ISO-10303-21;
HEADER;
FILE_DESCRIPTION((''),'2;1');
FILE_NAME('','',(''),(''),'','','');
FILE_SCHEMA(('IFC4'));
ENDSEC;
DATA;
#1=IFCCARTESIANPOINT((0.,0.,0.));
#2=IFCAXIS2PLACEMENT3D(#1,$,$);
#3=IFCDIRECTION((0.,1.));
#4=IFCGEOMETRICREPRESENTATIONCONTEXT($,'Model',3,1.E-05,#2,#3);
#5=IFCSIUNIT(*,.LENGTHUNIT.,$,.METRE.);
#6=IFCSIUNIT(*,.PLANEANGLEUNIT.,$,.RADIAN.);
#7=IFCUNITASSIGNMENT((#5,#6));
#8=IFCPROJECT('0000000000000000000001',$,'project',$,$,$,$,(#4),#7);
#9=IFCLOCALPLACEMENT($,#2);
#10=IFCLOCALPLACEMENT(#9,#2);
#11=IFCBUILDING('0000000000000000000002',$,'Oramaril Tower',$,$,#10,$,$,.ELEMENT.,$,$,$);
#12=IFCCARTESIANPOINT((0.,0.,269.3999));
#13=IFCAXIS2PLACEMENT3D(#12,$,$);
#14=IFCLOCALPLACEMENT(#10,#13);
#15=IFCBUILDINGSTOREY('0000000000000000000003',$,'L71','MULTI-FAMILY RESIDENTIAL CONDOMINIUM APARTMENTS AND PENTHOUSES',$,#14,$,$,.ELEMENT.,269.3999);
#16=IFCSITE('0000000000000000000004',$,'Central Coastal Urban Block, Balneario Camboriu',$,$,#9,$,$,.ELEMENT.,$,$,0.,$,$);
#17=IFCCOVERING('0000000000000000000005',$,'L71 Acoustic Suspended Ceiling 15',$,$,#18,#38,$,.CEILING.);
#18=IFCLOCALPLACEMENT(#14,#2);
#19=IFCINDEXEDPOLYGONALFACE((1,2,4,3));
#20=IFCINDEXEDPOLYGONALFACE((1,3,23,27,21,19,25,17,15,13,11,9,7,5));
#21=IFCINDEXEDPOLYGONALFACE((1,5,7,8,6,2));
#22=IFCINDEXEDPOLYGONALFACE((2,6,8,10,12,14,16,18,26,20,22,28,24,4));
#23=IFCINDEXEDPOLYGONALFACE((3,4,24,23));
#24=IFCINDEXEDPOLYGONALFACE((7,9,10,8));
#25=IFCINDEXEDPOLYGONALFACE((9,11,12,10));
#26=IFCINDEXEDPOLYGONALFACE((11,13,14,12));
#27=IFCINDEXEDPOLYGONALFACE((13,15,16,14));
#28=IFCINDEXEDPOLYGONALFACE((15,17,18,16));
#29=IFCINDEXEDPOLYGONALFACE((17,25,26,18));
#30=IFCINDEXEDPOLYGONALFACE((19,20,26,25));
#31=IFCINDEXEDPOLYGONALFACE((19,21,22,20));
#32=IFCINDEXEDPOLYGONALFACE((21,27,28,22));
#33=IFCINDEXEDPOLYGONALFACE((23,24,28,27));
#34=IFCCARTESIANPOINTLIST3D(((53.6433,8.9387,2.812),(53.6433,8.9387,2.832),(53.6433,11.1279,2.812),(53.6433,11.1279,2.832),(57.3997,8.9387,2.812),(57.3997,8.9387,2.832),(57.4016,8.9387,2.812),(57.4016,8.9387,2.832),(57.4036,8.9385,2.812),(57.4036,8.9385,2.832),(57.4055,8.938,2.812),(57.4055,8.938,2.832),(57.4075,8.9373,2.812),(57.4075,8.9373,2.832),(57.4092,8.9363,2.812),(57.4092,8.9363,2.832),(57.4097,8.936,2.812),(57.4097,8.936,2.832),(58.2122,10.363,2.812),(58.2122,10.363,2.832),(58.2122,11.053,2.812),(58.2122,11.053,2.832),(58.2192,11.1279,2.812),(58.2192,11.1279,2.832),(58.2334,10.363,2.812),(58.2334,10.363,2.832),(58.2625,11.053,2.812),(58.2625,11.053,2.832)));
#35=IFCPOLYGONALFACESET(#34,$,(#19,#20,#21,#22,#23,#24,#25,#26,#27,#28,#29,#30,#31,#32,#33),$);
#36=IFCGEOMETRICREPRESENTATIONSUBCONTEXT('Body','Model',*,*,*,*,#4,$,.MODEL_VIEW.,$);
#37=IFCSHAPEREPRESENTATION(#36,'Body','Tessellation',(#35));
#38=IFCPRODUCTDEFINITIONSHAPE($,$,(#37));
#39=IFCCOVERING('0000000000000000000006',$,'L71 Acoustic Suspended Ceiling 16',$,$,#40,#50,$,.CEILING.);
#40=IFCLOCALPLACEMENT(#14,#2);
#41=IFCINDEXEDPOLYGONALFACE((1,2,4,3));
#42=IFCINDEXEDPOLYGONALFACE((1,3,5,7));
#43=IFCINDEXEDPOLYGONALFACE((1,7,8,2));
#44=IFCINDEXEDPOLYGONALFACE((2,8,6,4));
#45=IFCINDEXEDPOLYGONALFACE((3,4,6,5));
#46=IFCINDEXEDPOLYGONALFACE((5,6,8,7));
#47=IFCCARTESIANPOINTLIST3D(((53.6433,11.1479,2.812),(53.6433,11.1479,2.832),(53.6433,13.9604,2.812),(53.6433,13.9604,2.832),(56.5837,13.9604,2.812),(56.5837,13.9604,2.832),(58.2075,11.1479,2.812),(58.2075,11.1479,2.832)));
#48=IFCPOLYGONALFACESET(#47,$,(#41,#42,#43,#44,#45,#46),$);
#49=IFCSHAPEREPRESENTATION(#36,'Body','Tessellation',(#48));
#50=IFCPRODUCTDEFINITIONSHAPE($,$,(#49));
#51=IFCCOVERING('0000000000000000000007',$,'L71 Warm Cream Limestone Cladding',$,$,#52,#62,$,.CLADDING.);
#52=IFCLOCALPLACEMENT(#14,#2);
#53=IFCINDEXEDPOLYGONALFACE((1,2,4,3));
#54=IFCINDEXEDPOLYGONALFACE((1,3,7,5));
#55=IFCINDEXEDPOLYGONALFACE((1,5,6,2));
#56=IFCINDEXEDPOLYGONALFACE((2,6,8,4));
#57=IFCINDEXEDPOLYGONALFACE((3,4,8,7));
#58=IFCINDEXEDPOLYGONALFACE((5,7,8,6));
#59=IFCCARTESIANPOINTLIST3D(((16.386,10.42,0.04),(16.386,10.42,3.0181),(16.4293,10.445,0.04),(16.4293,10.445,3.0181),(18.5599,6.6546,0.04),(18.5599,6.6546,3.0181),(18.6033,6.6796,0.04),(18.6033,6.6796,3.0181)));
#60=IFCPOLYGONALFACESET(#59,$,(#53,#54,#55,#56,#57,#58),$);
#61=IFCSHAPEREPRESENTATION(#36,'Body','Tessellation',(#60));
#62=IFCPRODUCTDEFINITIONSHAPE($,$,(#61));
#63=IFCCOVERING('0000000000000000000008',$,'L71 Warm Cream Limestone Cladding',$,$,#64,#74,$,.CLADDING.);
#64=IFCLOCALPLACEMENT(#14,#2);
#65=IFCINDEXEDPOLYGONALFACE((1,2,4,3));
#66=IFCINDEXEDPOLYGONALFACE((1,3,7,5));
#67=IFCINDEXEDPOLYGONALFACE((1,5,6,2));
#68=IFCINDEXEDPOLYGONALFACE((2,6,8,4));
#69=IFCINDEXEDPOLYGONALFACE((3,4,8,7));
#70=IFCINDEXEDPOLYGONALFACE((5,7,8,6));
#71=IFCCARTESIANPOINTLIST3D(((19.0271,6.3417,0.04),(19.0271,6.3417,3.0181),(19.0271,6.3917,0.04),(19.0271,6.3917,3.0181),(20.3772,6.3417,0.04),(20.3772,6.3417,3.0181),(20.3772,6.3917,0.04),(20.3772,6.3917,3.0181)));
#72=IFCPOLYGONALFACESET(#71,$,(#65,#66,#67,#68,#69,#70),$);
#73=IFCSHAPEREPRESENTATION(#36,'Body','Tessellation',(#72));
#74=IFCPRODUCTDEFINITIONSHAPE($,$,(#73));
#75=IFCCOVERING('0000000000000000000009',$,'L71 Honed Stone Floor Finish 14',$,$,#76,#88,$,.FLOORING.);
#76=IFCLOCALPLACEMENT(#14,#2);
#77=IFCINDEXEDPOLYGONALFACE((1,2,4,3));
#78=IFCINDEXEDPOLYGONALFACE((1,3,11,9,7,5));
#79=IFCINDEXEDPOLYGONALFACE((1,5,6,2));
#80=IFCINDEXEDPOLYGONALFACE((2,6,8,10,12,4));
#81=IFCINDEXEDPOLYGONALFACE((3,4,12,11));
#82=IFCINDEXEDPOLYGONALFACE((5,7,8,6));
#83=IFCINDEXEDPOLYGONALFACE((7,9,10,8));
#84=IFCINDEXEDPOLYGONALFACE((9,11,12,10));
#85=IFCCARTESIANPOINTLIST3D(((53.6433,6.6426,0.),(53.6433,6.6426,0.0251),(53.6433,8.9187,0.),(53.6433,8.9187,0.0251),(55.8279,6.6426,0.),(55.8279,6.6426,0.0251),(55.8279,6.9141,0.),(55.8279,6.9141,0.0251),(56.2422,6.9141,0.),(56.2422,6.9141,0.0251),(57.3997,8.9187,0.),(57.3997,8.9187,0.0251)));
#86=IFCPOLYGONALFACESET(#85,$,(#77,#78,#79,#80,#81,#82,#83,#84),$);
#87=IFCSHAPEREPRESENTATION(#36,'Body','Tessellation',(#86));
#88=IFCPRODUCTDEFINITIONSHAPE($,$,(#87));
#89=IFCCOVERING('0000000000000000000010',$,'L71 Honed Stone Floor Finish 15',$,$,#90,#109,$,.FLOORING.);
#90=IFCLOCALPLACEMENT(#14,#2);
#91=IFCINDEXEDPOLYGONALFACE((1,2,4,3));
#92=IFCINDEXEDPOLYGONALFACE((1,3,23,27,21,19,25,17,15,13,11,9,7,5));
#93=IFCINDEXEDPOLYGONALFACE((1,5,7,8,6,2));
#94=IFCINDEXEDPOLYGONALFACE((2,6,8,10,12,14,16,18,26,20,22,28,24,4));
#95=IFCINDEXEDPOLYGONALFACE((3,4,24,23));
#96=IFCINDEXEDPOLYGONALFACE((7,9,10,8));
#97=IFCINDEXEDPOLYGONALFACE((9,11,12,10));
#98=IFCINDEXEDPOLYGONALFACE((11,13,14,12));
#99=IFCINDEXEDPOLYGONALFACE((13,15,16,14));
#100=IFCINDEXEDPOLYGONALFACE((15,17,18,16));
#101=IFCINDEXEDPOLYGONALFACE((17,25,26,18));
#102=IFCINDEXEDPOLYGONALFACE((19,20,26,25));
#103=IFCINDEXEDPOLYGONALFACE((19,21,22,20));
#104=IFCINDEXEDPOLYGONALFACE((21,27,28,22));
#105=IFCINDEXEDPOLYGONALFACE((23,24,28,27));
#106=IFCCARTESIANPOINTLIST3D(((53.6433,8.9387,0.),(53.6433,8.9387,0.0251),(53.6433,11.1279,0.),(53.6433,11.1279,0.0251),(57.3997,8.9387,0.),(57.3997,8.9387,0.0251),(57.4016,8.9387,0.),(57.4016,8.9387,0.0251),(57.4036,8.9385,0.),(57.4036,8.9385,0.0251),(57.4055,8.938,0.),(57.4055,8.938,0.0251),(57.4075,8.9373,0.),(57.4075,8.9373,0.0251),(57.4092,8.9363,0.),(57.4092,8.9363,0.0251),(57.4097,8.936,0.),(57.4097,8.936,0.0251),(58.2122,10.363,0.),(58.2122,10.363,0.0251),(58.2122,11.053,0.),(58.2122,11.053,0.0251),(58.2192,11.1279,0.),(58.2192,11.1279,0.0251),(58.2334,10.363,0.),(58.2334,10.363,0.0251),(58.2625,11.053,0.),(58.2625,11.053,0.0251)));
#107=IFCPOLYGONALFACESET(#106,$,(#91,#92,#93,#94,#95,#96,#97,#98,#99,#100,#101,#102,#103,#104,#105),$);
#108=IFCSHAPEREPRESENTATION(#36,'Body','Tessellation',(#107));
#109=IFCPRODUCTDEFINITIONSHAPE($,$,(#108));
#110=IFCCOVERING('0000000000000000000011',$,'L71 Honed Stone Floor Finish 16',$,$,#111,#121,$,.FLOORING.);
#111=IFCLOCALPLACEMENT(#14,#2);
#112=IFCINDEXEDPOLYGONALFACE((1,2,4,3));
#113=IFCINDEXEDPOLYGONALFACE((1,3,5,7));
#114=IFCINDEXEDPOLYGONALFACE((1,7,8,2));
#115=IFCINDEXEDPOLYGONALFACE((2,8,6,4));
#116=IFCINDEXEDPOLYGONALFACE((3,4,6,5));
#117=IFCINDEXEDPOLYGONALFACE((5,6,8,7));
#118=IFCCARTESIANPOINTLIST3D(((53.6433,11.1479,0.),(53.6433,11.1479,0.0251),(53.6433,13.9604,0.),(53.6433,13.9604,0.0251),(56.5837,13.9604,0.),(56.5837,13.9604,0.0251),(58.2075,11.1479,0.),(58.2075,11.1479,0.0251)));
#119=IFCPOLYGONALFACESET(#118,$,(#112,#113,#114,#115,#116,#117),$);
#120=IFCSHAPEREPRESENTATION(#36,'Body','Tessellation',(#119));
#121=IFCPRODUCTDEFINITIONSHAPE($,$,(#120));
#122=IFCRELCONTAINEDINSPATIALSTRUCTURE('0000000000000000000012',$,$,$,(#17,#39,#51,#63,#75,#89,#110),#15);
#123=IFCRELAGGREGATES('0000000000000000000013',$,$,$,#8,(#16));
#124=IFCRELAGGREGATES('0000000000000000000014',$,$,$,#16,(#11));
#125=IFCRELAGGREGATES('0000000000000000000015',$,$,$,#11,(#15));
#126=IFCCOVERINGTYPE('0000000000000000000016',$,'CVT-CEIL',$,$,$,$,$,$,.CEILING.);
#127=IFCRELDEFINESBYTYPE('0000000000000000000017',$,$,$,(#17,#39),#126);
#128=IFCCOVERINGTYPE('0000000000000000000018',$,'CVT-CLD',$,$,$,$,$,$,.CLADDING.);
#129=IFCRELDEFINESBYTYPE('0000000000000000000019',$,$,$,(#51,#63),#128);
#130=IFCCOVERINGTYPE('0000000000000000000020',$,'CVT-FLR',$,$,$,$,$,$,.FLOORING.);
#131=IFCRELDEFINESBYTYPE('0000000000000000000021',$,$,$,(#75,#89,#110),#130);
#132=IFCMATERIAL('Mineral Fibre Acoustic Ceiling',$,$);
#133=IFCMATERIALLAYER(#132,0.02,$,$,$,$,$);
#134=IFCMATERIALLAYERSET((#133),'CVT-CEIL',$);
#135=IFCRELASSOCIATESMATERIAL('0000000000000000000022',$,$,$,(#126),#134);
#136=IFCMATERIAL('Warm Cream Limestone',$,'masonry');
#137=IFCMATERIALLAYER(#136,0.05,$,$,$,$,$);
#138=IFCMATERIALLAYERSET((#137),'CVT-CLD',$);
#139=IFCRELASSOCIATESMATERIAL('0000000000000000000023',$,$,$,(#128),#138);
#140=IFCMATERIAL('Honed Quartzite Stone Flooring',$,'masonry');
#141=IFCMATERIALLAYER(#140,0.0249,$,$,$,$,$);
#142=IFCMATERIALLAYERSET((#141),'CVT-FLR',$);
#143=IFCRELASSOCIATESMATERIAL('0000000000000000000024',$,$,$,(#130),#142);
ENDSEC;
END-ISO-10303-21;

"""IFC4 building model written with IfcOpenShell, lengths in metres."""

from ifc_helpers import new_model, si_unit, direction, frame, origin, origin_2d, place, context, subcontext, project, spatial, polyline, rectangle, outline, extrude, material, layer, layer_set, type_object, element, save


model = new_model("IFC4")

# Units and contexts
model_context = context("Model", 3, precision=1e-05, world=origin(), true_north=direction((0.0, 1.0)))
body_context = subcontext(model_context, "Body", "Model", "MODEL_VIEW")
ifc_project = project(units=[si_unit("LENGTHUNIT", "METRE"), si_unit("PLANEANGLEUNIT", "RADIAN")], contexts=[model_context])

# Site, building, storey
site_placement = place(None, origin())
site = spatial("IfcSite", under=ifc_project, at=site_placement, Name="Central Coastal Urban Block, Balneario Camboriu", CompositionType="ELEMENT", RefElevation=0.0)
building_placement = place(site_placement, origin())
building = spatial("IfcBuilding", under=site, at=building_placement, Name="Oramaril Tower", CompositionType="ELEMENT")
storey_placement = place(building_placement, frame((0.0, 0.0, 269.3999)))
storey = spatial("IfcBuildingStorey", under=building, at=storey_placement, Name="L71", Description="MULTI-FAMILY RESIDENTIAL CONDOMINIUM APARTMENTS AND PENTHOUSES", CompositionType="ELEMENT", Elevation=269.3999)

# Coverings
ifc_material_1 = material(Name="Mineral Fibre Acoustic Ceiling")
ifc_layer_1 = layer(ifc_material_1, 0.02)
ifc_layer_set_1 = layer_set([ifc_layer_1], Name="CVT-CEIL")
covering_type_1 = type_object("IfcCoveringType", Name="CVT-CEIL", PredefinedType="CEILING", material=ifc_layer_set_1)
covering_1_placement = place(storey_placement, frame((0.0, 0.0, 2.812)))
element("IfcCovering", 1, at=covering_1_placement, inside=storey, type_object=covering_type_1, Name="L71 Acoustic Suspended Ceiling 15", PredefinedType="CEILING", context=body_context, shape_type="SweptSolid", body=[
    extrude(outline(polyline([(58.2625, 11.053), (58.2122, 11.053), (58.2122, 10.363), (58.2334, 10.363), (57.4097, 8.936), (57.4092, 8.9363), (57.4075, 8.9373), (57.4055, 8.938), (57.4036, 8.9385), (57.4016, 8.9387), (57.3997, 8.9387), (53.6433, 8.9387), (53.6433, 11.1279), (58.2192, 11.1279), (58.2625, 11.053)])), origin(), (0.0, 0.0, 1.0), 0.02),
])
covering_2_placement = place(storey_placement, frame((0.0, 0.0, 2.812)))
element("IfcCovering", 2, at=covering_2_placement, inside=storey, type_object=covering_type_1, Name="L71 Acoustic Suspended Ceiling 16", PredefinedType="CEILING", context=body_context, shape_type="SweptSolid", body=[
    extrude(outline(polyline([(58.2075, 11.1479), (53.6433, 11.1479), (53.6433, 13.9604), (56.5837, 13.9604), (58.2075, 11.1479)])), origin(), (0.0, 0.0, 1.0), 0.02),
])
ifc_material_2 = material(Name="Warm Cream Limestone", Category="masonry")
ifc_layer_2 = layer(ifc_material_2, 0.05)
ifc_layer_set_2 = layer_set([ifc_layer_2], Name="CVT-CLD")
covering_type_2 = type_object("IfcCoveringType", Name="CVT-CLD", PredefinedType="CLADDING", material=ifc_layer_set_2)
covering_3_placement = place(storey_placement, frame((17.4946, 8.5498, 0.04), z_axis=(0.0, 0.0, 1.0), x_axis=(0.499992, -0.86603, 0.0)))
element("IfcCovering", 3, at=covering_3_placement, inside=storey, type_object=covering_type_2, Name="L71 Warm Cream Limestone Cladding", PredefinedType="CLADDING", context=body_context, shape_type="SweptSolid", body=[
    extrude(rectangle(XDim=4.3479, YDim=0.05, at=origin_2d()), origin(), (0.0, 0.0, 1.0), 2.978),
])
covering_4_placement = place(storey_placement, frame((19.7021, 6.3667, 0.04), z_axis=(0.0, 0.0, 1.0), x_axis=(1.0, 0.0, 0.0)))
element("IfcCovering", 4, at=covering_4_placement, inside=storey, type_object=covering_type_2, Name="L71 Warm Cream Limestone Cladding", PredefinedType="CLADDING", context=body_context, shape_type="SweptSolid", body=[
    extrude(rectangle(XDim=1.3501, YDim=0.05, at=origin_2d()), origin(), (0.0, 0.0, 1.0), 2.978),
])
ifc_material_3 = material(Name="Honed Quartzite Stone Flooring", Category="masonry")
ifc_layer_3 = layer(ifc_material_3, 0.0249)
ifc_layer_set_3 = layer_set([ifc_layer_3], Name="CVT-FLR")
covering_type_3 = type_object("IfcCoveringType", Name="CVT-FLR", PredefinedType="FLOORING", material=ifc_layer_set_3)
covering_5_placement = place(storey_placement, origin())
element("IfcCovering", 5, at=covering_5_placement, inside=storey, type_object=covering_type_3, Name="L71 Honed Stone Floor Finish 14", PredefinedType="FLOORING", context=body_context, shape_type="SweptSolid", body=[
    extrude(outline(polyline([(56.2422, 6.9141), (55.8279, 6.9141), (55.8279, 6.6426), (53.6433, 6.6426), (53.6433, 8.9187), (57.3997, 8.9187), (56.2422, 6.9141)])), origin(), (0.0, 0.0, 1.0), 0.0251),
])
covering_6_placement = place(storey_placement, origin())
element("IfcCovering", 6, at=covering_6_placement, inside=storey, type_object=covering_type_3, Name="L71 Honed Stone Floor Finish 15", PredefinedType="FLOORING", context=body_context, shape_type="SweptSolid", body=[
    extrude(outline(polyline([(58.2625, 11.053), (58.2122, 11.053), (58.2122, 10.363), (58.2334, 10.363), (57.4097, 8.936), (57.4092, 8.9363), (57.4075, 8.9373), (57.4055, 8.938), (57.4036, 8.9385), (57.4016, 8.9387), (57.3997, 8.9387), (53.6433, 8.9387), (53.6433, 11.1279), (58.2192, 11.1279), (58.2625, 11.053)])), origin(), (0.0, 0.0, 1.0), 0.0251),
])
covering_7_placement = place(storey_placement, origin())
element("IfcCovering", 7, at=covering_7_placement, inside=storey, type_object=covering_type_3, Name="L71 Honed Stone Floor Finish 16", PredefinedType="FLOORING", context=body_context, shape_type="SweptSolid", body=[
    extrude(outline(polyline([(58.2075, 11.1479), (53.6433, 11.1479), (53.6433, 13.9604), (56.5837, 13.9604), (58.2075, 11.1479)])), origin(), (0.0, 0.0, 1.0), 0.0251),
])

save(model, "model.ifc")
